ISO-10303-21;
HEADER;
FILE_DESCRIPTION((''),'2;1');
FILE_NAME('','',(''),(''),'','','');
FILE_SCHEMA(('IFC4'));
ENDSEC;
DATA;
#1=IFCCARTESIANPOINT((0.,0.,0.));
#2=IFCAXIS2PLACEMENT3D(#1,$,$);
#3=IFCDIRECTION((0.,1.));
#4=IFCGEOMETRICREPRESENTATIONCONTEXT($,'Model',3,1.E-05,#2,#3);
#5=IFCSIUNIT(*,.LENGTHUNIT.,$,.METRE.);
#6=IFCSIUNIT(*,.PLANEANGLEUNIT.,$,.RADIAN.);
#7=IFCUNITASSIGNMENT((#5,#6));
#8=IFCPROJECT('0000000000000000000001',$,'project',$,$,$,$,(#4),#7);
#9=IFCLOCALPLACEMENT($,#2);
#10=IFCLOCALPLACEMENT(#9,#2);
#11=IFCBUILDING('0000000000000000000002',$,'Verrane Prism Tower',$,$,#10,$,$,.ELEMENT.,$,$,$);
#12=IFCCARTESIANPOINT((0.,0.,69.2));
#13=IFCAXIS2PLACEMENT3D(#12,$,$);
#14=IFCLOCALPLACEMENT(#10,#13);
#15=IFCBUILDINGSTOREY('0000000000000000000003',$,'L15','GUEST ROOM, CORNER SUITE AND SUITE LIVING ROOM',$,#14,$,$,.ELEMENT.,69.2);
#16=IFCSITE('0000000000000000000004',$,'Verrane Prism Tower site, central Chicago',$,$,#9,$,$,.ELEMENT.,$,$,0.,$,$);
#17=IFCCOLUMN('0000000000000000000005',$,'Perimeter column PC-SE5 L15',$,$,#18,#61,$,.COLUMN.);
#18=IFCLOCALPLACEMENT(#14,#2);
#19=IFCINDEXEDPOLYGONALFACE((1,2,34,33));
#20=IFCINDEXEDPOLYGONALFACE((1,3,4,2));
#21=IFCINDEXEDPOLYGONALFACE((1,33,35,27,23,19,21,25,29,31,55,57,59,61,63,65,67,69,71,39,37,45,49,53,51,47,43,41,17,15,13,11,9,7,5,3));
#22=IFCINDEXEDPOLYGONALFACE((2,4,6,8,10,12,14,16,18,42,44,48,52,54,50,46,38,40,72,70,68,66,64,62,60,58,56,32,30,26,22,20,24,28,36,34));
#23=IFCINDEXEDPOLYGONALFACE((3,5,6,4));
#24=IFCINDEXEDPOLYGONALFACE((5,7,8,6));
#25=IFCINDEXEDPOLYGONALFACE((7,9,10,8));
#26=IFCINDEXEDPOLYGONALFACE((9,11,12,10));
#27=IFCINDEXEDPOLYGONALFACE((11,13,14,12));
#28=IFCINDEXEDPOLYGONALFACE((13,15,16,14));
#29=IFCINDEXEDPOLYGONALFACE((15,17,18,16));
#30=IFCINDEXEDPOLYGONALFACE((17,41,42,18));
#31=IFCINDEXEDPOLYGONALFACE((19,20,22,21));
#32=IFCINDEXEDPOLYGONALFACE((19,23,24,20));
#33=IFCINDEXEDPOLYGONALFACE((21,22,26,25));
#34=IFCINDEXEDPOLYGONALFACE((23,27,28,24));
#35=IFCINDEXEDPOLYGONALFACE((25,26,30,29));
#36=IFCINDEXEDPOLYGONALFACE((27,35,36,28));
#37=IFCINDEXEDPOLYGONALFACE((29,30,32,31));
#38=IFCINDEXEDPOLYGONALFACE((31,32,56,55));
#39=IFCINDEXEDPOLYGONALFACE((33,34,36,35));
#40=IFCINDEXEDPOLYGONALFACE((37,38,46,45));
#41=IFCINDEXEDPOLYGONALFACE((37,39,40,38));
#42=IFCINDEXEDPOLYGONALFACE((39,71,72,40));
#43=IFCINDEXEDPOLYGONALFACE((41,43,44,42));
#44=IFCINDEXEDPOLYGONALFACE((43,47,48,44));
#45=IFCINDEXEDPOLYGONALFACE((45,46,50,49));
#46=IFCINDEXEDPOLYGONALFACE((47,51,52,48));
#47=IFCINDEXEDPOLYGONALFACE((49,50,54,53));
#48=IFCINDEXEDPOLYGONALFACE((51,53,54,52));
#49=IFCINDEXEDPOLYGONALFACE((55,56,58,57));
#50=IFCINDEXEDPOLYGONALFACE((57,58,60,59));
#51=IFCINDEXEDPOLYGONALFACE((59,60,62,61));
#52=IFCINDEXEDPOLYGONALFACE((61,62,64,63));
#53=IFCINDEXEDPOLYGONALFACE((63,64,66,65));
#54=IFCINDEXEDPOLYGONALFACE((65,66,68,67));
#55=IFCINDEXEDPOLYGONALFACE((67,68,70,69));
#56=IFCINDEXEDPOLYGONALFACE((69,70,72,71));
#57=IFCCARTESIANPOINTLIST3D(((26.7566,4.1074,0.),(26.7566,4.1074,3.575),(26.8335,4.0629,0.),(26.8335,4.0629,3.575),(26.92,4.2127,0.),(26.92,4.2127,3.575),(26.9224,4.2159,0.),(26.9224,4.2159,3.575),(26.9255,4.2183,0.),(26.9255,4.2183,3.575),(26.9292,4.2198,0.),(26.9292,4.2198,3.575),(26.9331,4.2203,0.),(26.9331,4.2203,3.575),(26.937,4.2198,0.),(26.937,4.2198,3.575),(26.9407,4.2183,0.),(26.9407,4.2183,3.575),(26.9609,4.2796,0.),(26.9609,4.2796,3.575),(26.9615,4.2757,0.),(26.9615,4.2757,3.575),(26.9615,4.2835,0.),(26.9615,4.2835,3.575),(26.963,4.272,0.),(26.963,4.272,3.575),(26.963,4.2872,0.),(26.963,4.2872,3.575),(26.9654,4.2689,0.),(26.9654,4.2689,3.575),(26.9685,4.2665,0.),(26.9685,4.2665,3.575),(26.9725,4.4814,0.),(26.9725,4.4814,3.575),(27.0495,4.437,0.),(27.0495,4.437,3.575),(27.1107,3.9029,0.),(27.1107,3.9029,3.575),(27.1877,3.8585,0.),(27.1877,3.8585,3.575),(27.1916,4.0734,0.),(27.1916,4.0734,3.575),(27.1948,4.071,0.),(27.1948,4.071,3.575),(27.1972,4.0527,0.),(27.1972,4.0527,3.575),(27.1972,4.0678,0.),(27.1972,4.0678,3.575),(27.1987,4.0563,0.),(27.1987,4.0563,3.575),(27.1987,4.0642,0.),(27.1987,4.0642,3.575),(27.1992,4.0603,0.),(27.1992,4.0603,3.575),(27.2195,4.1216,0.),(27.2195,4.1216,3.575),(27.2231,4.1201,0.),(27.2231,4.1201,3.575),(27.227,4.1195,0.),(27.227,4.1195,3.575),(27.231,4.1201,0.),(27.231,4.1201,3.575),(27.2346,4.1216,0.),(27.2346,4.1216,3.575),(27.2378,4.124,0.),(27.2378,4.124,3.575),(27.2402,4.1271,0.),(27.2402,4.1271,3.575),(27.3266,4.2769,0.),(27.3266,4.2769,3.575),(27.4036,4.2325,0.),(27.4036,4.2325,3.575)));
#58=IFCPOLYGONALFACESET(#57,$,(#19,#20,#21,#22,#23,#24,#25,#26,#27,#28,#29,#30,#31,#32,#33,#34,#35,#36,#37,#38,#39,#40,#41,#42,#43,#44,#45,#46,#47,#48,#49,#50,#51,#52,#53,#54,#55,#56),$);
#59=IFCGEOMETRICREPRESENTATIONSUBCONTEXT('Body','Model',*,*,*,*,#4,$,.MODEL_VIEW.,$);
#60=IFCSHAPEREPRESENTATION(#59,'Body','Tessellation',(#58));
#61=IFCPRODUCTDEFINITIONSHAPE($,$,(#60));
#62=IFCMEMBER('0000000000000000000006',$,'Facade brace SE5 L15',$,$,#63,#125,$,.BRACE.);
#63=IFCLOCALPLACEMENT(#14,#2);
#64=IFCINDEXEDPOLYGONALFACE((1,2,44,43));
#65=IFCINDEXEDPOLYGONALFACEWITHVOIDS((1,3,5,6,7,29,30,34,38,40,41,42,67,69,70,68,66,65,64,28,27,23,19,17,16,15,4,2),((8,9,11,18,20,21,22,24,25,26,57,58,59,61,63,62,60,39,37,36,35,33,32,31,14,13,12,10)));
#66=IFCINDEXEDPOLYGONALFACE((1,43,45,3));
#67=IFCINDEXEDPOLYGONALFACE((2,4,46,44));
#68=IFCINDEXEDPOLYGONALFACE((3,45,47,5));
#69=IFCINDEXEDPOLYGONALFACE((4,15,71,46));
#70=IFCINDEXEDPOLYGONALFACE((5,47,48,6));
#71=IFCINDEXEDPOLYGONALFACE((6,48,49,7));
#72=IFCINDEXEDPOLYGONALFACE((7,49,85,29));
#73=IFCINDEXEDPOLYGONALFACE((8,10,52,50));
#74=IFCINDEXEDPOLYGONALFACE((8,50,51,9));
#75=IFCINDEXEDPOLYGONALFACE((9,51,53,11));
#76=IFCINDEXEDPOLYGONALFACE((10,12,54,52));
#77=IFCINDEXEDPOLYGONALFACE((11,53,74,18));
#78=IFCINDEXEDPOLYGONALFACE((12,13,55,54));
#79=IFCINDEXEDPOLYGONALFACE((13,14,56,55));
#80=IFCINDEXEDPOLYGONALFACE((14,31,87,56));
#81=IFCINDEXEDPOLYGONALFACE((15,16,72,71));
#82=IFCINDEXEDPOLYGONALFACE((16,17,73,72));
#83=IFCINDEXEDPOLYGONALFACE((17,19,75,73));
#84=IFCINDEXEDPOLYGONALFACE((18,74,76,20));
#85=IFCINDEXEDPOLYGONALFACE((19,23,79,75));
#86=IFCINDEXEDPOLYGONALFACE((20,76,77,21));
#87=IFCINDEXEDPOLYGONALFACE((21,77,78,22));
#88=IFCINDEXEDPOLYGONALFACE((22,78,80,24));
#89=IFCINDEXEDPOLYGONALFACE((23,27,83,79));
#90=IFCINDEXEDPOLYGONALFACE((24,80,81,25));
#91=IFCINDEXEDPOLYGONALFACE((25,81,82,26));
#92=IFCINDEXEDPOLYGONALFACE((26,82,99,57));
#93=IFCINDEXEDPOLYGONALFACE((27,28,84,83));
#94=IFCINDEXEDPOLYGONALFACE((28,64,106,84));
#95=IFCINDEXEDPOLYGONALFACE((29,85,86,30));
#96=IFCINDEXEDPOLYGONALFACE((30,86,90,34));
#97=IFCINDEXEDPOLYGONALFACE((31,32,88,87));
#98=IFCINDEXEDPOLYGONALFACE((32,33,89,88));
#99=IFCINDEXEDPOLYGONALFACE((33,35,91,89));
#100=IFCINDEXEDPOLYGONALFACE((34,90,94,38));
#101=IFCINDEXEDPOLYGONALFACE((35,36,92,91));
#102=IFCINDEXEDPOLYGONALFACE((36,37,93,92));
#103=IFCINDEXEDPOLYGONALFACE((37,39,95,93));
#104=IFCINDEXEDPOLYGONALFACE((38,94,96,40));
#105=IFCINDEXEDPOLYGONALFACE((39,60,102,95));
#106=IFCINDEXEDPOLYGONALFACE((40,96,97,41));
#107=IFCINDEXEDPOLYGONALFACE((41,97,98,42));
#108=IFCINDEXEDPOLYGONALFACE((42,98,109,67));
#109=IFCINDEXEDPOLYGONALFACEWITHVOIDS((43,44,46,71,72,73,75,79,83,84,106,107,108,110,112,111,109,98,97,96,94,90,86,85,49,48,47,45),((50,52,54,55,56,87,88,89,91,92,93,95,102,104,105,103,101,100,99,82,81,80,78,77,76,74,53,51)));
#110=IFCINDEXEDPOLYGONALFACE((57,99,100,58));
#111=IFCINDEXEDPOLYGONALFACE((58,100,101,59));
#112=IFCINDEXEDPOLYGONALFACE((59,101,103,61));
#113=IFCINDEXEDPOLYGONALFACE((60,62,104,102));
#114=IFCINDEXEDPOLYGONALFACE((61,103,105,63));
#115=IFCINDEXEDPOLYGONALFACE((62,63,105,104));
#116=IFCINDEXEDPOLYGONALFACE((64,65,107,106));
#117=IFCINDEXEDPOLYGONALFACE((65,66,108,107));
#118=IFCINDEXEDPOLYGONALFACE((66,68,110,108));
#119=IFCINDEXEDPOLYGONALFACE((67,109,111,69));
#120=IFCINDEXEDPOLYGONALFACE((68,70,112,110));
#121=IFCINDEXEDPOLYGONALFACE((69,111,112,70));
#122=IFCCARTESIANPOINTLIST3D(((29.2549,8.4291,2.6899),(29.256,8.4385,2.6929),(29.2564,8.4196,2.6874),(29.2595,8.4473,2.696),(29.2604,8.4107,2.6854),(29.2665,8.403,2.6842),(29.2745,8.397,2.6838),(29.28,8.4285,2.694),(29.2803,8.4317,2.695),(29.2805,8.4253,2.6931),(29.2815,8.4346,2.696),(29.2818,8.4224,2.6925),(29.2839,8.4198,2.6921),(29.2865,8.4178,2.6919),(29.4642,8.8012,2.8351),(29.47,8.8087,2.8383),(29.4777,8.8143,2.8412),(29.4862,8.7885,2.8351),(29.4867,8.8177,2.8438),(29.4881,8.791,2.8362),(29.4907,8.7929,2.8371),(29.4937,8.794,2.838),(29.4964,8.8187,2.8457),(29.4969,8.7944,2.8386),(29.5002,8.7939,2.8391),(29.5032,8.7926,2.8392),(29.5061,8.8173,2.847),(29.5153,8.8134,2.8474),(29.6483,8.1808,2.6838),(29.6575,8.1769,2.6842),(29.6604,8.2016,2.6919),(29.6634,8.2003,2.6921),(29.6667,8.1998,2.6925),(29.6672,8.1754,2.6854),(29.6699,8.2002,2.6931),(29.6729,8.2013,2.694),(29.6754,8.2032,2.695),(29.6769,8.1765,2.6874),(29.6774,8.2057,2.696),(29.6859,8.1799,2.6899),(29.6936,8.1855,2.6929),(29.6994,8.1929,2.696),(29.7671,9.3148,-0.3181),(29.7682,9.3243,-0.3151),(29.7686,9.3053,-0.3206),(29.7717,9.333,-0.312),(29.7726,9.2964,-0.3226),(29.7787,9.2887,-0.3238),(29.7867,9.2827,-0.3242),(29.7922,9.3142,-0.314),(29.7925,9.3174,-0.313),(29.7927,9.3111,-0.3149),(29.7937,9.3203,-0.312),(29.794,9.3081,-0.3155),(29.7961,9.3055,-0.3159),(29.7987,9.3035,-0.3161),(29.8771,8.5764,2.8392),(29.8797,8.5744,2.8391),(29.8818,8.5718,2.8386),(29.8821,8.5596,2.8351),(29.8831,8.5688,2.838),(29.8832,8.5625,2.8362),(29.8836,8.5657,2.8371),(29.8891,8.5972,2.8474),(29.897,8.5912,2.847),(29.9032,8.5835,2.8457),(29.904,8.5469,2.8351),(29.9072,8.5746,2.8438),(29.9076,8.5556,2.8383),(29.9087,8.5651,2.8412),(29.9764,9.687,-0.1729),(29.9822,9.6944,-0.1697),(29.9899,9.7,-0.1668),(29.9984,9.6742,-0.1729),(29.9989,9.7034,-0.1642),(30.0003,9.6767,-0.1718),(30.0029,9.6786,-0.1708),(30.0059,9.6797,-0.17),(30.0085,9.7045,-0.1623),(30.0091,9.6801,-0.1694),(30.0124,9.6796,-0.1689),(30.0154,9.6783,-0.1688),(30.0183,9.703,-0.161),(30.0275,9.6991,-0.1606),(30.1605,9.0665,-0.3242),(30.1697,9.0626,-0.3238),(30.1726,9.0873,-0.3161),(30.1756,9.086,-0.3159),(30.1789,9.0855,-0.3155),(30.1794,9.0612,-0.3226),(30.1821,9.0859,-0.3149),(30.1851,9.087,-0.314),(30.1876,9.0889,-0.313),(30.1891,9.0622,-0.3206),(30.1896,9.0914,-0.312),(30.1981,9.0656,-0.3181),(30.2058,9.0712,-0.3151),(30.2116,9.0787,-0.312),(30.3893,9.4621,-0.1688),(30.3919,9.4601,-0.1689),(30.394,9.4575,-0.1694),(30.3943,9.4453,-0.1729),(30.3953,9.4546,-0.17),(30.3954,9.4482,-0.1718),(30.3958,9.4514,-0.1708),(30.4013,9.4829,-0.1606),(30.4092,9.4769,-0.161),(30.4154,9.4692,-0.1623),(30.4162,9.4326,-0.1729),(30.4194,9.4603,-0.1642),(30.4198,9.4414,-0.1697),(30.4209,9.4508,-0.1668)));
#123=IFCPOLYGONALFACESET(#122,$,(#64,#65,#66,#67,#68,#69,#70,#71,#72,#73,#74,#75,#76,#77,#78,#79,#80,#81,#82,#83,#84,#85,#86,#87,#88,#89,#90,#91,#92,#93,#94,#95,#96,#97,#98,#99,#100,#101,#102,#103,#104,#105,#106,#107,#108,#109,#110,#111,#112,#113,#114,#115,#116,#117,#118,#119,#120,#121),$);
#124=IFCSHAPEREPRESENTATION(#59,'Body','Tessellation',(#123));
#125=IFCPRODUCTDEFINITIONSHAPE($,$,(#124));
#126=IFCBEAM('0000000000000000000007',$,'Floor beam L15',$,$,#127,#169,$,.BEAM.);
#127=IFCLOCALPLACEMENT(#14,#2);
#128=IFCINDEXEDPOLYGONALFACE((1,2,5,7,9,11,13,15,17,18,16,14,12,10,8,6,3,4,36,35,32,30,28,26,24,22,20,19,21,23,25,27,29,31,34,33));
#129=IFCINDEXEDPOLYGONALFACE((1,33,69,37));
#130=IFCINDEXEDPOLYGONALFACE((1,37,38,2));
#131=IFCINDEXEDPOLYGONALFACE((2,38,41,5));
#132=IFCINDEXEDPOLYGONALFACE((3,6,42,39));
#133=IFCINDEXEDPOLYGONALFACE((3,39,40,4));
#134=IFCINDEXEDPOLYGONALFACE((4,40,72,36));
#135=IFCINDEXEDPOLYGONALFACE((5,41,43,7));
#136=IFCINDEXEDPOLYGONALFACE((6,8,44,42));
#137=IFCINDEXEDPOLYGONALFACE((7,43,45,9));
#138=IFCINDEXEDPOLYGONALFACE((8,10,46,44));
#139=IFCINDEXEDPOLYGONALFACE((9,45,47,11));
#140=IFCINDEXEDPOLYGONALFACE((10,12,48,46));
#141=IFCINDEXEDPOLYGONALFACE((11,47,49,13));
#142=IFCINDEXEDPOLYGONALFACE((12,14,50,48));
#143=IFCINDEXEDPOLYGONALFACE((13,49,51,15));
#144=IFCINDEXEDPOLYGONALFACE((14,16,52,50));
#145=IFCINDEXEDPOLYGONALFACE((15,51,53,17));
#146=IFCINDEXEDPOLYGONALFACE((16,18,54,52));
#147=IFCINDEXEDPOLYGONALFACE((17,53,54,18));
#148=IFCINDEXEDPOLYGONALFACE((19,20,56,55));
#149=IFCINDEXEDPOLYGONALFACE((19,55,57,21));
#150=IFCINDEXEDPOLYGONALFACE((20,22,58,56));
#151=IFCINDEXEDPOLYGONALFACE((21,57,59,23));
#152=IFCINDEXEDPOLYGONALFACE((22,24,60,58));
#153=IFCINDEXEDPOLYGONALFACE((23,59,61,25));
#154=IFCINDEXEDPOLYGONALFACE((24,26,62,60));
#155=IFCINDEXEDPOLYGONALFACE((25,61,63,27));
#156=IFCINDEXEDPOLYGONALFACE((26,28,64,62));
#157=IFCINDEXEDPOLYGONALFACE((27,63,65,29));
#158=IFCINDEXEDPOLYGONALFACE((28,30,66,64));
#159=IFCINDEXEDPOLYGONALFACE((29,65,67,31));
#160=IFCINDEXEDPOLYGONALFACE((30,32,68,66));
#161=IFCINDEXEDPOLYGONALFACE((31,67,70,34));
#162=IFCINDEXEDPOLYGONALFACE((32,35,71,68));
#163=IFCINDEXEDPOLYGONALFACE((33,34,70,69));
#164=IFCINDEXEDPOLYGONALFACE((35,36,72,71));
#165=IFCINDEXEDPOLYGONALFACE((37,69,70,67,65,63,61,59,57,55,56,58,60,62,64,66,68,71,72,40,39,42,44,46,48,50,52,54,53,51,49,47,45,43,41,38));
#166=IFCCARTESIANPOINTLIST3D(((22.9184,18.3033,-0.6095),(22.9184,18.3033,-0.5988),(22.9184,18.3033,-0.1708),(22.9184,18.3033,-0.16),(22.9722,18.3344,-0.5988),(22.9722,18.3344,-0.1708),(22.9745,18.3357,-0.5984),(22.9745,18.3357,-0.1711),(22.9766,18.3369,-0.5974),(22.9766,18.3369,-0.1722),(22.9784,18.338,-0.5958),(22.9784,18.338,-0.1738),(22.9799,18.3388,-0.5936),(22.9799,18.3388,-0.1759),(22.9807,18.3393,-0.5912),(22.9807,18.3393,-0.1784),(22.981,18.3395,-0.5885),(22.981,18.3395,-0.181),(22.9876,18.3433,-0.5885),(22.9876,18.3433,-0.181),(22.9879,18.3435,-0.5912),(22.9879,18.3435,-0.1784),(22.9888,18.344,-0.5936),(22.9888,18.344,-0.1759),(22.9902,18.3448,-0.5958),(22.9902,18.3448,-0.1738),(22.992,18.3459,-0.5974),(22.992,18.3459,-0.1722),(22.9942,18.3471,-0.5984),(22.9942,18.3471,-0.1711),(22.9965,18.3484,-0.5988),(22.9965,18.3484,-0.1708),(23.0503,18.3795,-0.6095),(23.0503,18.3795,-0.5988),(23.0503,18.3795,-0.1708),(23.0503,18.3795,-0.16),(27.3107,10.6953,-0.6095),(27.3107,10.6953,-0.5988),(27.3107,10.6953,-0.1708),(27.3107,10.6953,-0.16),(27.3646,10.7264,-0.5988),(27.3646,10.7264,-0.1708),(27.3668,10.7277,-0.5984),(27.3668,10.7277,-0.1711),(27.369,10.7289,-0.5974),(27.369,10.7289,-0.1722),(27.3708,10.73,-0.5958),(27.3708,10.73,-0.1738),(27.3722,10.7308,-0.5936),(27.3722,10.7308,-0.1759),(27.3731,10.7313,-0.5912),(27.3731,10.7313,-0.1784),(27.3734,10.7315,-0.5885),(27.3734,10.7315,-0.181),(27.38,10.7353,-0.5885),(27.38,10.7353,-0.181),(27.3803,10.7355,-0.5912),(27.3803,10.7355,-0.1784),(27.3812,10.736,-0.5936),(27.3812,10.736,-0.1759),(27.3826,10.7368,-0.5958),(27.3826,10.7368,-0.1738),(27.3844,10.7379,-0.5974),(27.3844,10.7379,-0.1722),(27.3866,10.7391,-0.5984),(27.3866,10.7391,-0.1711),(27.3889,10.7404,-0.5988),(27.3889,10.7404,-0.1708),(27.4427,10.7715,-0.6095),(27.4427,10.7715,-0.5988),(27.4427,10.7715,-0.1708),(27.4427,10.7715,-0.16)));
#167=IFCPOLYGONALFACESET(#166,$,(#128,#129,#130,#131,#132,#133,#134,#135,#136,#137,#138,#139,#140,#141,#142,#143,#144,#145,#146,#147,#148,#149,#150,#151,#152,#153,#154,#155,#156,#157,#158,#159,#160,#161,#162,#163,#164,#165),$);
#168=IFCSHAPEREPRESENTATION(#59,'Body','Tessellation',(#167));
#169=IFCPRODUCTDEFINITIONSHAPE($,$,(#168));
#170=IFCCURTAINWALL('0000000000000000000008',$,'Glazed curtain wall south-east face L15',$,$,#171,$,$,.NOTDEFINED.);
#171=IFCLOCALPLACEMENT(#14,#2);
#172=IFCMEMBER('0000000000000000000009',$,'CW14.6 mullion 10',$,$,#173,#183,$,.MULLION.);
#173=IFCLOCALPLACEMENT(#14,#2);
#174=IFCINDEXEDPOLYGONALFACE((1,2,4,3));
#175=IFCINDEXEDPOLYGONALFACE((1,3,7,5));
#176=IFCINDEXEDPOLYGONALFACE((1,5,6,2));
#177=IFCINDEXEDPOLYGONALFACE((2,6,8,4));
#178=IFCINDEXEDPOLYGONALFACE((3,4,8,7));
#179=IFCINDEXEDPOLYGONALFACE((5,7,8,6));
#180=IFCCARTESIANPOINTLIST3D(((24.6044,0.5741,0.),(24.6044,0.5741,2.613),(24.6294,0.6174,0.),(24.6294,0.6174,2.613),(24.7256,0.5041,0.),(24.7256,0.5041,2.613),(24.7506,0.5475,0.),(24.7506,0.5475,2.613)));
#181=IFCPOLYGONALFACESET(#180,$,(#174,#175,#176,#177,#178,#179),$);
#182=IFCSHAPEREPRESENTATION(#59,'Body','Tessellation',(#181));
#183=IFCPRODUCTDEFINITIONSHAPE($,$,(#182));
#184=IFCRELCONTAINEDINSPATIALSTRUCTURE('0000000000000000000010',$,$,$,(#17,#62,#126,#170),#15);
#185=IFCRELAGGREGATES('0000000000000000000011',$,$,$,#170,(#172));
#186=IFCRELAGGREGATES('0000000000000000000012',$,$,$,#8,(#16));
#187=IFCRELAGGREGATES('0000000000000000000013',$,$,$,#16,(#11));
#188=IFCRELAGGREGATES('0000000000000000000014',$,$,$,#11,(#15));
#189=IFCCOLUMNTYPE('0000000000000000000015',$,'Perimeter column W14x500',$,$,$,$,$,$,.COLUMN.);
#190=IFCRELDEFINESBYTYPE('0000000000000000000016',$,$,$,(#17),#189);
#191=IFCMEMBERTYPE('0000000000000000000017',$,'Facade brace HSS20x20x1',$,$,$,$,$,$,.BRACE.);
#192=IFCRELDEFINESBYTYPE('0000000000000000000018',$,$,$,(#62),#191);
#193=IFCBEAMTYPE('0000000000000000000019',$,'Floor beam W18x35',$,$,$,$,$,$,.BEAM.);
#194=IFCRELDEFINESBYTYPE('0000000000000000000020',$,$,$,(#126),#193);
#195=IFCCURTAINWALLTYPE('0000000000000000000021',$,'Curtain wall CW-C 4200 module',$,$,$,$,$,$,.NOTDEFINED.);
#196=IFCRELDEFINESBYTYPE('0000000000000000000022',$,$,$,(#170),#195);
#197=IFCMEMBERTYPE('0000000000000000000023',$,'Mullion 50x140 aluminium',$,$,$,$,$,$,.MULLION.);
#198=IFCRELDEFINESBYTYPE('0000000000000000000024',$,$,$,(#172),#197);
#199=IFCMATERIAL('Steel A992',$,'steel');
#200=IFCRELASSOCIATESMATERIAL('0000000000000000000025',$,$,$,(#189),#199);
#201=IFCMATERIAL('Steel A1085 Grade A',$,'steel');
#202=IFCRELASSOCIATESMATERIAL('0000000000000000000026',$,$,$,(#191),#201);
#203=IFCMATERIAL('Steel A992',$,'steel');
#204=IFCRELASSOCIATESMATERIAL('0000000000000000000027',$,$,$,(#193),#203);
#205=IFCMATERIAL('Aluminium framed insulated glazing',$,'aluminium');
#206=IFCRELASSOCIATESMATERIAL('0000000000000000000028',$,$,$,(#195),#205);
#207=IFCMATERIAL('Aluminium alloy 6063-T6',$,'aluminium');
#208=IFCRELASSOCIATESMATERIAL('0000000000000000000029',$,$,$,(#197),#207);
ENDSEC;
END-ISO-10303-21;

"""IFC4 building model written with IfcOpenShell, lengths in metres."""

from ifc_helpers import new_model, si_unit, direction, frame, origin, origin_2d, place, context, subcontext, project, spatial, rectangle, hollow_rectangle, i_section, extrude, material, material_profile, profile_set, type_object, element, aggregate, save


model = new_model("IFC4")

# Units and contexts
model_context = context("Model", 3, precision=1e-05, world=origin(), true_north=direction((0.0, 1.0)))
body_context = subcontext(model_context, "Body", "Model", "MODEL_VIEW")
ifc_project = project(units=[si_unit("LENGTHUNIT", "METRE"), si_unit("PLANEANGLEUNIT", "RADIAN")], contexts=[model_context])

# Site, building, storey
site_placement = place(None, origin())
site = spatial("IfcSite", under=ifc_project, at=site_placement, Name="Verrane Prism Tower site, central Chicago", CompositionType="ELEMENT", RefElevation=0.0)
building_placement = place(site_placement, origin())
building = spatial("IfcBuilding", under=site, at=building_placement, Name="Verrane Prism Tower", CompositionType="ELEMENT")
storey_placement = place(building_placement, frame((0.0, 0.0, 69.2)))
storey = spatial("IfcBuildingStorey", under=building, at=storey_placement, Name="L15", Description="GUEST ROOM, CORNER SUITE AND SUITE LIVING ROOM", CompositionType="ELEMENT", Elevation=69.2)

# Column
ifc_material_1 = material(Name="Steel A992", Category="steel")
ifc_material_profile_1 = material_profile(ifc_material_1, i_section(OverallWidth=0.4319, OverallDepth=0.4978, WebThickness=0.0557, FlangeThickness=0.0889, FilletRadius=0.0151, at=origin_2d()), Name="W14x500")
ifc_profile_set_1 = profile_set([ifc_material_profile_1], Name="Steel A992")
column_type = type_object("IfcColumnType", Name="Perimeter column W14x500", PredefinedType="COLUMN", material=ifc_profile_set_1)
column_placement = place(storey_placement, frame((27.0801, 4.1699, 0.0), z_axis=(0.0, 0.0, 1.0), x_axis=(-0.5, -0.866025, 0.0)))
element("IfcColumn", 1, at=column_placement, inside=storey, type_object=column_type, Name="Perimeter column PC-SE5 L15", PredefinedType="COLUMN", context=body_context, shape_type="SweptSolid", body=[
    extrude(i_section(OverallWidth=0.4319, OverallDepth=0.4978, WebThickness=0.0557, FlangeThickness=0.0889, FilletRadius=0.0151, at=origin_2d()), origin(), (0.0, 0.0, 1.0), 3.575),
])

# Member
ifc_material_2 = material(Name="Steel A1085 Grade A", Category="steel")
ifc_material_profile_2 = material_profile(ifc_material_2, hollow_rectangle(XDim=0.5081, YDim=0.5081, WallThickness=0.0254, InnerFilletRadius=0.0127, OuterFilletRadius=0.0381, at=origin_2d()), Name="HSS20x20x1")
ifc_profile_set_2 = profile_set([ifc_material_profile_2], Name="Steel A1085 Grade A")
member_type_1 = type_object("IfcMemberType", Name="Facade brace HSS20x20x1", PredefinedType="BRACE", material=ifc_profile_set_2)
member_1_placement = place(storey_placement, frame((30.094, 9.3828, -0.2424), z_axis=(-0.161208, -0.278771, 0.946731), x_axis=(0.865677, -0.500604, 0.0)))
element("IfcMember", 2, at=member_1_placement, inside=storey, type_object=member_type_1, Name="Facade brace SE5 L15", PredefinedType="BRACE", context=body_context, shape_type="SweptSolid", body=[
    extrude(hollow_rectangle(XDim=0.5081, YDim=0.5081, WallThickness=0.0254, InnerFilletRadius=0.0127, OuterFilletRadius=0.0381, at=origin_2d()), origin(), (0.0, 0.0, 1.0), 3.1772),
])

# Beam
ifc_material_3 = material(Name="Steel A992", Category="steel")
ifc_material_profile_3 = material_profile(ifc_material_3, i_section(OverallWidth=0.1523, OverallDepth=0.4495, WebThickness=0.0076, FlangeThickness=0.0107, FilletRadius=0.0103, at=origin_2d()), Name="W18x35")
ifc_profile_set_3 = profile_set([ifc_material_profile_3], Name="Steel A992")
beam_type_1 = type_object("IfcBeamType", Name="Floor beam W18x35", PredefinedType="BEAM", material=ifc_profile_set_3)
beam_1_placement = place(storey_placement, frame((27.3767, 10.7334, -0.3848), z_axis=(-0.499992, 0.86603, 0.0), x_axis=(-0.86603, -0.499992, 0.0)))
element("IfcBeam", 3, at=beam_1_placement, inside=storey, type_object=beam_type_1, Name="Floor beam L15", PredefinedType="BEAM", context=body_context, shape_type="SweptSolid", body=[
    extrude(i_section(OverallWidth=0.1523, OverallDepth=0.4495, WebThickness=0.0076, FlangeThickness=0.0107, FilletRadius=0.0103, at=origin_2d()), origin(), (0.0, 0.0, 1.0), 8.7849),
])

# Curtain wall, member
ifc_material_4 = material(Name="Aluminium framed insulated glazing", Category="aluminium")
curtain_wall_type = type_object("IfcCurtainWallType", Name="Curtain wall CW-C 4200 module", PredefinedType="NOTDEFINED", material=ifc_material_4)
curtain_wall_placement = place(storey_placement, origin())
curtain_wall = element("IfcCurtainWall", 4, at=curtain_wall_placement, inside=storey, type_object=curtain_wall_type, Name="Glazed curtain wall south-east face L15", PredefinedType="NOTDEFINED")
ifc_material_5 = material(Name="Aluminium alloy 6063-T6", Category="aluminium")
ifc_material_profile_4 = material_profile(ifc_material_5, rectangle(XDim=0.1399, YDim=0.05, at=origin_2d()), Name="Mullion 50x140 aluminium")
ifc_profile_set_4 = profile_set([ifc_material_profile_4], Name="Aluminium alloy 6063-T6")
member_type_2 = type_object("IfcMemberType", Name="Mullion 50x140 aluminium", PredefinedType="MULLION", material=ifc_profile_set_4)
member_2_placement = place(storey_placement, frame((24.6775, 0.5608, 0.0), z_axis=(0.0, 0.0, 1.0), x_axis=(-0.866025, 0.5, 0.0)))
member_2 = element("IfcMember", 5, at=member_2_placement, type_object=member_type_2, Name="CW14.6 mullion 10", PredefinedType="MULLION", context=body_context, shape_type="SweptSolid", body=[
    extrude(rectangle(XDim=0.1399, YDim=0.05, at=origin_2d()), origin(), (0.0, 0.0, 1.0), 2.613),
])

aggregate(curtain_wall, [member_2])

save(model, "model.ifc")
